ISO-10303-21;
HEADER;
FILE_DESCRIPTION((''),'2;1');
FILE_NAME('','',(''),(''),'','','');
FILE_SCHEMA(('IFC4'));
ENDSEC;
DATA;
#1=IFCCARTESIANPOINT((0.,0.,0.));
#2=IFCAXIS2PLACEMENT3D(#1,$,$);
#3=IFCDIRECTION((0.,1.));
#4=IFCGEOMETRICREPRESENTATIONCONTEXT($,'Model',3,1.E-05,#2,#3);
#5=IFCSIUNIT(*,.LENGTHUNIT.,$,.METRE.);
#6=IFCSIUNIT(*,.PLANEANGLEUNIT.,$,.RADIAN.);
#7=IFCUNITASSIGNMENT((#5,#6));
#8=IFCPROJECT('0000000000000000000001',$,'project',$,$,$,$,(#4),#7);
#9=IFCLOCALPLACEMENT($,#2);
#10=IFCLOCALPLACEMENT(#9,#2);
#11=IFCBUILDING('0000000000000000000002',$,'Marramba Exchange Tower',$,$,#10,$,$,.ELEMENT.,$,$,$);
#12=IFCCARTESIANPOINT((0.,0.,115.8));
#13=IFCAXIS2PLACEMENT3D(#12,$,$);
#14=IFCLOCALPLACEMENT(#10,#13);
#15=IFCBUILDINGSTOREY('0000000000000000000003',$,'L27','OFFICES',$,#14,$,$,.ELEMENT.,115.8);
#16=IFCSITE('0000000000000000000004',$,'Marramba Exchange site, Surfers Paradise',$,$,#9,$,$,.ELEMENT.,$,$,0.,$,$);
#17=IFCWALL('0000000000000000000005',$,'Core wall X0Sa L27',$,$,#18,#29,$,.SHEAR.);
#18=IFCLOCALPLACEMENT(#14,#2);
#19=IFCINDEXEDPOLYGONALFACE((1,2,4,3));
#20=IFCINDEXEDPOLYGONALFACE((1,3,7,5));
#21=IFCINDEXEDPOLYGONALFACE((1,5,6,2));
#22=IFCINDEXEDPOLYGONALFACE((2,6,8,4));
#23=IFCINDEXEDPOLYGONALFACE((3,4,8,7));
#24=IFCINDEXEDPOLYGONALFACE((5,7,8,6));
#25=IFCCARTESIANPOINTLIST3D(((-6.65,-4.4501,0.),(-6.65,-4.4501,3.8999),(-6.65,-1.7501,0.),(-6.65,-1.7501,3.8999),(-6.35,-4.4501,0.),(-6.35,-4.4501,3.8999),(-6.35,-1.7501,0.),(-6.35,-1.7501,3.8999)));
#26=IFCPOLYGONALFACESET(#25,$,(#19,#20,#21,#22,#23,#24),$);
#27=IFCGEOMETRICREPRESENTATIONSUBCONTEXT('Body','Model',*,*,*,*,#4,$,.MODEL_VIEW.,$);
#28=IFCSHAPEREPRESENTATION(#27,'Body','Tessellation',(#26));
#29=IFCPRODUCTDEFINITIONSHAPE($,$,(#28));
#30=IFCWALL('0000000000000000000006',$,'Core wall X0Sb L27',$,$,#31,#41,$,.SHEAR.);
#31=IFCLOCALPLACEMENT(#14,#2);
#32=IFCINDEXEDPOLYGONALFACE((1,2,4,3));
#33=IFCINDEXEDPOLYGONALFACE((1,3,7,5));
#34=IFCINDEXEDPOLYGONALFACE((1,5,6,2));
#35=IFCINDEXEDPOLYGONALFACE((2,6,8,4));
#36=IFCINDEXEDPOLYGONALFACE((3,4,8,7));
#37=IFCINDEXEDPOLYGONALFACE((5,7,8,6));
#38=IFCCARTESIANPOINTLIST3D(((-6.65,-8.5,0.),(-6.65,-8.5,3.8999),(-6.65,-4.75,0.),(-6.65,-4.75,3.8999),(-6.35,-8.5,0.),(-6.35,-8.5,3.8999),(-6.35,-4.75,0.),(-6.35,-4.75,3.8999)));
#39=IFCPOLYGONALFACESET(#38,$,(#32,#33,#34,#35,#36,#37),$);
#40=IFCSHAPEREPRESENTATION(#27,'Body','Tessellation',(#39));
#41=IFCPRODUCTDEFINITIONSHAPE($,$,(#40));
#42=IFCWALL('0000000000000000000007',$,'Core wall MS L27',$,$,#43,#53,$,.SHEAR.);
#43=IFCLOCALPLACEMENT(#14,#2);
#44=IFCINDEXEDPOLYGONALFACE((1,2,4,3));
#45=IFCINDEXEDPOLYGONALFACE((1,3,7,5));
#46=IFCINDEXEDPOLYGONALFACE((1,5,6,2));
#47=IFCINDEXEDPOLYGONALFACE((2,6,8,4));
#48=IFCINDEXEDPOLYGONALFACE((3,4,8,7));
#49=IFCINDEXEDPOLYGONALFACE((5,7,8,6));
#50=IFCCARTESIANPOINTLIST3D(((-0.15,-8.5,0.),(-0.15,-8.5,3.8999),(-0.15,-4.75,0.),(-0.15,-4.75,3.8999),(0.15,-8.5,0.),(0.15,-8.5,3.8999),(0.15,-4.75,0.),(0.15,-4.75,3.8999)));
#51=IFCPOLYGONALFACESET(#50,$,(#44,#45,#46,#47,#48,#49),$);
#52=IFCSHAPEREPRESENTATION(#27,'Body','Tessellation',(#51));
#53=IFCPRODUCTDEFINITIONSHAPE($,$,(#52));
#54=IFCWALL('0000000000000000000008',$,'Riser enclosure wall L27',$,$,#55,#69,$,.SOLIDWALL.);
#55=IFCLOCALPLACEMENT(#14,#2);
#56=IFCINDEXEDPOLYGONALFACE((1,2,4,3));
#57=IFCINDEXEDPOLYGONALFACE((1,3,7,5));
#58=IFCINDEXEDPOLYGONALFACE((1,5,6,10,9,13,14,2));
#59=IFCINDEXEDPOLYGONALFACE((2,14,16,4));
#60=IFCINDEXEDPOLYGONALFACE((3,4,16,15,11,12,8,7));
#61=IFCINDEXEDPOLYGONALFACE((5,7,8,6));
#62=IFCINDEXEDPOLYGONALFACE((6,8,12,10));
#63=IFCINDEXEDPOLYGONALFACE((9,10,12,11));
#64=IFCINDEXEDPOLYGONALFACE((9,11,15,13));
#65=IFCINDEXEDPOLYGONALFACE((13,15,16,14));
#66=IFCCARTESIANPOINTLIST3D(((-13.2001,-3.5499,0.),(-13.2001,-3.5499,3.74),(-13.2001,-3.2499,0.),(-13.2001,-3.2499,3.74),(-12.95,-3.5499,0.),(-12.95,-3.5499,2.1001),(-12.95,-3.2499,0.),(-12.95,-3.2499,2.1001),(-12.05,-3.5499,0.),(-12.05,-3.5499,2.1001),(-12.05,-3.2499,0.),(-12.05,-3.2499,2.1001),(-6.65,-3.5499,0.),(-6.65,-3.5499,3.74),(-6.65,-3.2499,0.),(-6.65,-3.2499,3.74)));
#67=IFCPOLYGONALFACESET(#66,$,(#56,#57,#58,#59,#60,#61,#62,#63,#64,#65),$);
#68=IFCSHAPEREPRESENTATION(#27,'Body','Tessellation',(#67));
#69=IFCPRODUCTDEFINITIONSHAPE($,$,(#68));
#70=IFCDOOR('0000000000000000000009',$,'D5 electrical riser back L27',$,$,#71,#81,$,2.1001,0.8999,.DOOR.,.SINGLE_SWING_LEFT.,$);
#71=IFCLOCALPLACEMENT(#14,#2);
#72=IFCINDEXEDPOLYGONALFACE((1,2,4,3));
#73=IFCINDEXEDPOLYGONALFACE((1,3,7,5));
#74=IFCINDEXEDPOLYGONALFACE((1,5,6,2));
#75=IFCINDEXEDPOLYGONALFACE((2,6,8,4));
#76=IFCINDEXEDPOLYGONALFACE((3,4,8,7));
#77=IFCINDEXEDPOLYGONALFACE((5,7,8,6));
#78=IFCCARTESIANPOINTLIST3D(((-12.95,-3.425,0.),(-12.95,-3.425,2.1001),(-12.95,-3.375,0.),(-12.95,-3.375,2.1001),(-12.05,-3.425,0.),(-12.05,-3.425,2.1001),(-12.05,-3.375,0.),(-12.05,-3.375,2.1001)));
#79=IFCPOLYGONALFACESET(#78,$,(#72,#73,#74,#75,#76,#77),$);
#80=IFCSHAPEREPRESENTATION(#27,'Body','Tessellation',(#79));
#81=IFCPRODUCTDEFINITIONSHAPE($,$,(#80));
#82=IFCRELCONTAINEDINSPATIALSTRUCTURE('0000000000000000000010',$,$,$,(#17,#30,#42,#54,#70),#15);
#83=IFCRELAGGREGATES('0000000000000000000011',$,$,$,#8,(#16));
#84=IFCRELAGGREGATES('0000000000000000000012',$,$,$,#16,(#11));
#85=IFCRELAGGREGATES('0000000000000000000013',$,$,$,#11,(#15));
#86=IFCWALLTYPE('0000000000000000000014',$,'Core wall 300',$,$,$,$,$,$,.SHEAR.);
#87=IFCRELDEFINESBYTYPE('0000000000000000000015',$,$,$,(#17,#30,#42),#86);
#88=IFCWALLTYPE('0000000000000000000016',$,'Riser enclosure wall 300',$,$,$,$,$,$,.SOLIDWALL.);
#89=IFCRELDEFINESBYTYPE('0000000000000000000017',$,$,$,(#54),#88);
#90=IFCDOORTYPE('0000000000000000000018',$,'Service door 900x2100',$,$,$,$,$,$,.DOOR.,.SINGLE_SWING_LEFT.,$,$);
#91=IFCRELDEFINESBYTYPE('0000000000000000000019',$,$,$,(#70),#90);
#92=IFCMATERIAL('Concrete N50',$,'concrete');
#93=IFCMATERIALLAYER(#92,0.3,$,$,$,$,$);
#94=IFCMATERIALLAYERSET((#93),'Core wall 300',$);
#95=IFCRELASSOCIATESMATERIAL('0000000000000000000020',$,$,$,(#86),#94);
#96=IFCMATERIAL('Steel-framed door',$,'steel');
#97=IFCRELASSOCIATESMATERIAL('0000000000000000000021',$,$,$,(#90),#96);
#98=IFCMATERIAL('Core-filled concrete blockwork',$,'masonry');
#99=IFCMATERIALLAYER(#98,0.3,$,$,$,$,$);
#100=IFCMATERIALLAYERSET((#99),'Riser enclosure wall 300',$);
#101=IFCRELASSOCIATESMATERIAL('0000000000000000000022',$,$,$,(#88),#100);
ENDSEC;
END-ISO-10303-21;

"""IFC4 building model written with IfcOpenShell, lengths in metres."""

from ifc_helpers import new_model, si_unit, direction, frame, frame_2d, origin, place, context, subcontext, project, spatial, rectangle, extrude, material, layer, layer_set, type_object, element, fill, save


model = new_model("IFC4")

# Units and contexts
model_context = context("Model", 3, precision=1e-05, world=origin(), true_north=direction((0.0, 1.0)))
body_context = subcontext(model_context, "Body", "Model", "MODEL_VIEW")
ifc_project = project(units=[si_unit("LENGTHUNIT", "METRE"), si_unit("PLANEANGLEUNIT", "RADIAN")], contexts=[model_context])

# Site, building, storey
site_placement = place(None, origin())
site = spatial("IfcSite", under=ifc_project, at=site_placement, Name="Marramba Exchange site, Surfers Paradise", CompositionType="ELEMENT", RefElevation=0.0)
building_placement = place(site_placement, origin())
building = spatial("IfcBuilding", under=site, at=building_placement, Name="Marramba Exchange Tower", CompositionType="ELEMENT")
storey_placement = place(building_placement, frame((0.0, 0.0, 115.8)))
storey = spatial("IfcBuildingStorey", under=building, at=storey_placement, Name="L27", Description="OFFICES", CompositionType="ELEMENT", Elevation=115.8)

# Shared definitions
ifc_material_1 = material(Name="Concrete N50", Category="concrete")

# Shared definitions
ifc_layer_1 = layer(ifc_material_1, 0.3)
ifc_layer_set_1 = layer_set([ifc_layer_1], Name="Core wall 300")
wall_type_1 = type_object("IfcWallType", Name="Core wall 300", PredefinedType="SHEAR", material=ifc_layer_set_1)
ifc_material_2 = material(Name="Steel-framed door", Category="steel")
door_type_1 = type_object("IfcDoorType", Name="Service door 900x2100", OperationType="SINGLE_SWING_LEFT", PredefinedType="DOOR", material=ifc_material_2)

# Walls
wall_1_placement = place(storey_placement, frame((-6.5, -1.75, 0.0), z_axis=(0.0, 0.0, 1.0), x_axis=(0.0, -1.0, 0.0)))
element("IfcWall", 1, at=wall_1_placement, inside=storey, type_object=wall_type_1, Name="Core wall X0Sa L27", PredefinedType="SHEAR", context=body_context, shape_type="SweptSolid", body=[
    extrude(rectangle(XDim=2.7, YDim=0.3, at=frame_2d((1.3501, 0.0))), origin(), (0.0, 0.0, 1.0), 3.8999),
])
for number, where, z_axis, x_axis, name in (
    (2, (-6.5, -4.75, 0.0), (0.0, 0.0, 1.0), (0.0, -1.0, 0.0), "Core wall X0Sb L27"),
    (3, (0.0, -4.75, 0.0), (0.0, 0.0, 1.0), (0.0, -1.0, 0.0), "Core wall MS L27"),
):
    element("IfcWall", number, at=place(storey_placement, frame(where, z_axis=z_axis, x_axis=x_axis)), inside=storey, type_object=wall_type_1, Name=name, PredefinedType="SHEAR", context=body_context, shape_type="SweptSolid", body=[
        extrude(rectangle(XDim=3.75, YDim=0.3, at=frame_2d((1.875, 0.0))), origin(), (0.0, 0.0, 1.0), 3.8999),
    ])

# Wall, opening, door
ifc_material_3 = material(Name="Core-filled concrete blockwork", Category="masonry")
ifc_layer_2 = layer(ifc_material_3, 0.3)
ifc_layer_set_2 = layer_set([ifc_layer_2], Name="Riser enclosure wall 300")
wall_type_2 = type_object("IfcWallType", Name="Riser enclosure wall 300", PredefinedType="SOLIDWALL", material=ifc_layer_set_2)
wall_2_placement = place(storey_placement, frame((-13.2, -3.3999, 0.0), z_axis=(0.0, 0.0, 1.0), x_axis=(1.0, 0.0, 0.0)))
wall_2 = element("IfcWall", 4, at=wall_2_placement, inside=storey, type_object=wall_type_2, Name="Riser enclosure wall L27", PredefinedType="SOLIDWALL", context=body_context, shape_type="SweptSolid", body=[
    extrude(rectangle(XDim=6.55, YDim=0.3, at=frame_2d((3.2749, 0.0))), origin(), (0.0, 0.0, 1.0), 3.74),
])
opening_1_placement = place(wall_2_placement, frame((0.25, 0.0, 0.0)))
opening_1 = element("IfcOpeningElement", 5, at=opening_1_placement, cuts=wall_2, PredefinedType="OPENING", context=body_context, shape_type="SweptSolid", body=[
    extrude(rectangle(XDim=0.8999, YDim=2.1001, at=frame_2d((0.45, 1.05))), frame((0.0, 0.1599, 0.0), z_axis=(0.0, -1.0, 0.0), x_axis=(1.0, 0.0, 0.0)), (0.0, 0.0, 1.0), 0.3201),
])
door_1_placement = place(opening_1_placement, origin())
door_1 = element("IfcDoor", 6, at=door_1_placement, inside=storey, type_object=door_type_1, Name="D5 electrical riser back L27", OperationType="SINGLE_SWING_LEFT", OverallHeight=2.1001, OverallWidth=0.8999, PredefinedType="DOOR", context=body_context, shape_type="SweptSolid", body=[
    extrude(rectangle(XDim=0.8999, YDim=2.1001, at=frame_2d((0.45, 1.05))), frame((0.0, 0.0249, 0.0), z_axis=(0.0, -1.0, 0.0), x_axis=(1.0, 0.0, 0.0)), (0.0, 0.0, 1.0), 0.05),
])
fill(opening_1, door_1)

save(model, "model.ifc")
